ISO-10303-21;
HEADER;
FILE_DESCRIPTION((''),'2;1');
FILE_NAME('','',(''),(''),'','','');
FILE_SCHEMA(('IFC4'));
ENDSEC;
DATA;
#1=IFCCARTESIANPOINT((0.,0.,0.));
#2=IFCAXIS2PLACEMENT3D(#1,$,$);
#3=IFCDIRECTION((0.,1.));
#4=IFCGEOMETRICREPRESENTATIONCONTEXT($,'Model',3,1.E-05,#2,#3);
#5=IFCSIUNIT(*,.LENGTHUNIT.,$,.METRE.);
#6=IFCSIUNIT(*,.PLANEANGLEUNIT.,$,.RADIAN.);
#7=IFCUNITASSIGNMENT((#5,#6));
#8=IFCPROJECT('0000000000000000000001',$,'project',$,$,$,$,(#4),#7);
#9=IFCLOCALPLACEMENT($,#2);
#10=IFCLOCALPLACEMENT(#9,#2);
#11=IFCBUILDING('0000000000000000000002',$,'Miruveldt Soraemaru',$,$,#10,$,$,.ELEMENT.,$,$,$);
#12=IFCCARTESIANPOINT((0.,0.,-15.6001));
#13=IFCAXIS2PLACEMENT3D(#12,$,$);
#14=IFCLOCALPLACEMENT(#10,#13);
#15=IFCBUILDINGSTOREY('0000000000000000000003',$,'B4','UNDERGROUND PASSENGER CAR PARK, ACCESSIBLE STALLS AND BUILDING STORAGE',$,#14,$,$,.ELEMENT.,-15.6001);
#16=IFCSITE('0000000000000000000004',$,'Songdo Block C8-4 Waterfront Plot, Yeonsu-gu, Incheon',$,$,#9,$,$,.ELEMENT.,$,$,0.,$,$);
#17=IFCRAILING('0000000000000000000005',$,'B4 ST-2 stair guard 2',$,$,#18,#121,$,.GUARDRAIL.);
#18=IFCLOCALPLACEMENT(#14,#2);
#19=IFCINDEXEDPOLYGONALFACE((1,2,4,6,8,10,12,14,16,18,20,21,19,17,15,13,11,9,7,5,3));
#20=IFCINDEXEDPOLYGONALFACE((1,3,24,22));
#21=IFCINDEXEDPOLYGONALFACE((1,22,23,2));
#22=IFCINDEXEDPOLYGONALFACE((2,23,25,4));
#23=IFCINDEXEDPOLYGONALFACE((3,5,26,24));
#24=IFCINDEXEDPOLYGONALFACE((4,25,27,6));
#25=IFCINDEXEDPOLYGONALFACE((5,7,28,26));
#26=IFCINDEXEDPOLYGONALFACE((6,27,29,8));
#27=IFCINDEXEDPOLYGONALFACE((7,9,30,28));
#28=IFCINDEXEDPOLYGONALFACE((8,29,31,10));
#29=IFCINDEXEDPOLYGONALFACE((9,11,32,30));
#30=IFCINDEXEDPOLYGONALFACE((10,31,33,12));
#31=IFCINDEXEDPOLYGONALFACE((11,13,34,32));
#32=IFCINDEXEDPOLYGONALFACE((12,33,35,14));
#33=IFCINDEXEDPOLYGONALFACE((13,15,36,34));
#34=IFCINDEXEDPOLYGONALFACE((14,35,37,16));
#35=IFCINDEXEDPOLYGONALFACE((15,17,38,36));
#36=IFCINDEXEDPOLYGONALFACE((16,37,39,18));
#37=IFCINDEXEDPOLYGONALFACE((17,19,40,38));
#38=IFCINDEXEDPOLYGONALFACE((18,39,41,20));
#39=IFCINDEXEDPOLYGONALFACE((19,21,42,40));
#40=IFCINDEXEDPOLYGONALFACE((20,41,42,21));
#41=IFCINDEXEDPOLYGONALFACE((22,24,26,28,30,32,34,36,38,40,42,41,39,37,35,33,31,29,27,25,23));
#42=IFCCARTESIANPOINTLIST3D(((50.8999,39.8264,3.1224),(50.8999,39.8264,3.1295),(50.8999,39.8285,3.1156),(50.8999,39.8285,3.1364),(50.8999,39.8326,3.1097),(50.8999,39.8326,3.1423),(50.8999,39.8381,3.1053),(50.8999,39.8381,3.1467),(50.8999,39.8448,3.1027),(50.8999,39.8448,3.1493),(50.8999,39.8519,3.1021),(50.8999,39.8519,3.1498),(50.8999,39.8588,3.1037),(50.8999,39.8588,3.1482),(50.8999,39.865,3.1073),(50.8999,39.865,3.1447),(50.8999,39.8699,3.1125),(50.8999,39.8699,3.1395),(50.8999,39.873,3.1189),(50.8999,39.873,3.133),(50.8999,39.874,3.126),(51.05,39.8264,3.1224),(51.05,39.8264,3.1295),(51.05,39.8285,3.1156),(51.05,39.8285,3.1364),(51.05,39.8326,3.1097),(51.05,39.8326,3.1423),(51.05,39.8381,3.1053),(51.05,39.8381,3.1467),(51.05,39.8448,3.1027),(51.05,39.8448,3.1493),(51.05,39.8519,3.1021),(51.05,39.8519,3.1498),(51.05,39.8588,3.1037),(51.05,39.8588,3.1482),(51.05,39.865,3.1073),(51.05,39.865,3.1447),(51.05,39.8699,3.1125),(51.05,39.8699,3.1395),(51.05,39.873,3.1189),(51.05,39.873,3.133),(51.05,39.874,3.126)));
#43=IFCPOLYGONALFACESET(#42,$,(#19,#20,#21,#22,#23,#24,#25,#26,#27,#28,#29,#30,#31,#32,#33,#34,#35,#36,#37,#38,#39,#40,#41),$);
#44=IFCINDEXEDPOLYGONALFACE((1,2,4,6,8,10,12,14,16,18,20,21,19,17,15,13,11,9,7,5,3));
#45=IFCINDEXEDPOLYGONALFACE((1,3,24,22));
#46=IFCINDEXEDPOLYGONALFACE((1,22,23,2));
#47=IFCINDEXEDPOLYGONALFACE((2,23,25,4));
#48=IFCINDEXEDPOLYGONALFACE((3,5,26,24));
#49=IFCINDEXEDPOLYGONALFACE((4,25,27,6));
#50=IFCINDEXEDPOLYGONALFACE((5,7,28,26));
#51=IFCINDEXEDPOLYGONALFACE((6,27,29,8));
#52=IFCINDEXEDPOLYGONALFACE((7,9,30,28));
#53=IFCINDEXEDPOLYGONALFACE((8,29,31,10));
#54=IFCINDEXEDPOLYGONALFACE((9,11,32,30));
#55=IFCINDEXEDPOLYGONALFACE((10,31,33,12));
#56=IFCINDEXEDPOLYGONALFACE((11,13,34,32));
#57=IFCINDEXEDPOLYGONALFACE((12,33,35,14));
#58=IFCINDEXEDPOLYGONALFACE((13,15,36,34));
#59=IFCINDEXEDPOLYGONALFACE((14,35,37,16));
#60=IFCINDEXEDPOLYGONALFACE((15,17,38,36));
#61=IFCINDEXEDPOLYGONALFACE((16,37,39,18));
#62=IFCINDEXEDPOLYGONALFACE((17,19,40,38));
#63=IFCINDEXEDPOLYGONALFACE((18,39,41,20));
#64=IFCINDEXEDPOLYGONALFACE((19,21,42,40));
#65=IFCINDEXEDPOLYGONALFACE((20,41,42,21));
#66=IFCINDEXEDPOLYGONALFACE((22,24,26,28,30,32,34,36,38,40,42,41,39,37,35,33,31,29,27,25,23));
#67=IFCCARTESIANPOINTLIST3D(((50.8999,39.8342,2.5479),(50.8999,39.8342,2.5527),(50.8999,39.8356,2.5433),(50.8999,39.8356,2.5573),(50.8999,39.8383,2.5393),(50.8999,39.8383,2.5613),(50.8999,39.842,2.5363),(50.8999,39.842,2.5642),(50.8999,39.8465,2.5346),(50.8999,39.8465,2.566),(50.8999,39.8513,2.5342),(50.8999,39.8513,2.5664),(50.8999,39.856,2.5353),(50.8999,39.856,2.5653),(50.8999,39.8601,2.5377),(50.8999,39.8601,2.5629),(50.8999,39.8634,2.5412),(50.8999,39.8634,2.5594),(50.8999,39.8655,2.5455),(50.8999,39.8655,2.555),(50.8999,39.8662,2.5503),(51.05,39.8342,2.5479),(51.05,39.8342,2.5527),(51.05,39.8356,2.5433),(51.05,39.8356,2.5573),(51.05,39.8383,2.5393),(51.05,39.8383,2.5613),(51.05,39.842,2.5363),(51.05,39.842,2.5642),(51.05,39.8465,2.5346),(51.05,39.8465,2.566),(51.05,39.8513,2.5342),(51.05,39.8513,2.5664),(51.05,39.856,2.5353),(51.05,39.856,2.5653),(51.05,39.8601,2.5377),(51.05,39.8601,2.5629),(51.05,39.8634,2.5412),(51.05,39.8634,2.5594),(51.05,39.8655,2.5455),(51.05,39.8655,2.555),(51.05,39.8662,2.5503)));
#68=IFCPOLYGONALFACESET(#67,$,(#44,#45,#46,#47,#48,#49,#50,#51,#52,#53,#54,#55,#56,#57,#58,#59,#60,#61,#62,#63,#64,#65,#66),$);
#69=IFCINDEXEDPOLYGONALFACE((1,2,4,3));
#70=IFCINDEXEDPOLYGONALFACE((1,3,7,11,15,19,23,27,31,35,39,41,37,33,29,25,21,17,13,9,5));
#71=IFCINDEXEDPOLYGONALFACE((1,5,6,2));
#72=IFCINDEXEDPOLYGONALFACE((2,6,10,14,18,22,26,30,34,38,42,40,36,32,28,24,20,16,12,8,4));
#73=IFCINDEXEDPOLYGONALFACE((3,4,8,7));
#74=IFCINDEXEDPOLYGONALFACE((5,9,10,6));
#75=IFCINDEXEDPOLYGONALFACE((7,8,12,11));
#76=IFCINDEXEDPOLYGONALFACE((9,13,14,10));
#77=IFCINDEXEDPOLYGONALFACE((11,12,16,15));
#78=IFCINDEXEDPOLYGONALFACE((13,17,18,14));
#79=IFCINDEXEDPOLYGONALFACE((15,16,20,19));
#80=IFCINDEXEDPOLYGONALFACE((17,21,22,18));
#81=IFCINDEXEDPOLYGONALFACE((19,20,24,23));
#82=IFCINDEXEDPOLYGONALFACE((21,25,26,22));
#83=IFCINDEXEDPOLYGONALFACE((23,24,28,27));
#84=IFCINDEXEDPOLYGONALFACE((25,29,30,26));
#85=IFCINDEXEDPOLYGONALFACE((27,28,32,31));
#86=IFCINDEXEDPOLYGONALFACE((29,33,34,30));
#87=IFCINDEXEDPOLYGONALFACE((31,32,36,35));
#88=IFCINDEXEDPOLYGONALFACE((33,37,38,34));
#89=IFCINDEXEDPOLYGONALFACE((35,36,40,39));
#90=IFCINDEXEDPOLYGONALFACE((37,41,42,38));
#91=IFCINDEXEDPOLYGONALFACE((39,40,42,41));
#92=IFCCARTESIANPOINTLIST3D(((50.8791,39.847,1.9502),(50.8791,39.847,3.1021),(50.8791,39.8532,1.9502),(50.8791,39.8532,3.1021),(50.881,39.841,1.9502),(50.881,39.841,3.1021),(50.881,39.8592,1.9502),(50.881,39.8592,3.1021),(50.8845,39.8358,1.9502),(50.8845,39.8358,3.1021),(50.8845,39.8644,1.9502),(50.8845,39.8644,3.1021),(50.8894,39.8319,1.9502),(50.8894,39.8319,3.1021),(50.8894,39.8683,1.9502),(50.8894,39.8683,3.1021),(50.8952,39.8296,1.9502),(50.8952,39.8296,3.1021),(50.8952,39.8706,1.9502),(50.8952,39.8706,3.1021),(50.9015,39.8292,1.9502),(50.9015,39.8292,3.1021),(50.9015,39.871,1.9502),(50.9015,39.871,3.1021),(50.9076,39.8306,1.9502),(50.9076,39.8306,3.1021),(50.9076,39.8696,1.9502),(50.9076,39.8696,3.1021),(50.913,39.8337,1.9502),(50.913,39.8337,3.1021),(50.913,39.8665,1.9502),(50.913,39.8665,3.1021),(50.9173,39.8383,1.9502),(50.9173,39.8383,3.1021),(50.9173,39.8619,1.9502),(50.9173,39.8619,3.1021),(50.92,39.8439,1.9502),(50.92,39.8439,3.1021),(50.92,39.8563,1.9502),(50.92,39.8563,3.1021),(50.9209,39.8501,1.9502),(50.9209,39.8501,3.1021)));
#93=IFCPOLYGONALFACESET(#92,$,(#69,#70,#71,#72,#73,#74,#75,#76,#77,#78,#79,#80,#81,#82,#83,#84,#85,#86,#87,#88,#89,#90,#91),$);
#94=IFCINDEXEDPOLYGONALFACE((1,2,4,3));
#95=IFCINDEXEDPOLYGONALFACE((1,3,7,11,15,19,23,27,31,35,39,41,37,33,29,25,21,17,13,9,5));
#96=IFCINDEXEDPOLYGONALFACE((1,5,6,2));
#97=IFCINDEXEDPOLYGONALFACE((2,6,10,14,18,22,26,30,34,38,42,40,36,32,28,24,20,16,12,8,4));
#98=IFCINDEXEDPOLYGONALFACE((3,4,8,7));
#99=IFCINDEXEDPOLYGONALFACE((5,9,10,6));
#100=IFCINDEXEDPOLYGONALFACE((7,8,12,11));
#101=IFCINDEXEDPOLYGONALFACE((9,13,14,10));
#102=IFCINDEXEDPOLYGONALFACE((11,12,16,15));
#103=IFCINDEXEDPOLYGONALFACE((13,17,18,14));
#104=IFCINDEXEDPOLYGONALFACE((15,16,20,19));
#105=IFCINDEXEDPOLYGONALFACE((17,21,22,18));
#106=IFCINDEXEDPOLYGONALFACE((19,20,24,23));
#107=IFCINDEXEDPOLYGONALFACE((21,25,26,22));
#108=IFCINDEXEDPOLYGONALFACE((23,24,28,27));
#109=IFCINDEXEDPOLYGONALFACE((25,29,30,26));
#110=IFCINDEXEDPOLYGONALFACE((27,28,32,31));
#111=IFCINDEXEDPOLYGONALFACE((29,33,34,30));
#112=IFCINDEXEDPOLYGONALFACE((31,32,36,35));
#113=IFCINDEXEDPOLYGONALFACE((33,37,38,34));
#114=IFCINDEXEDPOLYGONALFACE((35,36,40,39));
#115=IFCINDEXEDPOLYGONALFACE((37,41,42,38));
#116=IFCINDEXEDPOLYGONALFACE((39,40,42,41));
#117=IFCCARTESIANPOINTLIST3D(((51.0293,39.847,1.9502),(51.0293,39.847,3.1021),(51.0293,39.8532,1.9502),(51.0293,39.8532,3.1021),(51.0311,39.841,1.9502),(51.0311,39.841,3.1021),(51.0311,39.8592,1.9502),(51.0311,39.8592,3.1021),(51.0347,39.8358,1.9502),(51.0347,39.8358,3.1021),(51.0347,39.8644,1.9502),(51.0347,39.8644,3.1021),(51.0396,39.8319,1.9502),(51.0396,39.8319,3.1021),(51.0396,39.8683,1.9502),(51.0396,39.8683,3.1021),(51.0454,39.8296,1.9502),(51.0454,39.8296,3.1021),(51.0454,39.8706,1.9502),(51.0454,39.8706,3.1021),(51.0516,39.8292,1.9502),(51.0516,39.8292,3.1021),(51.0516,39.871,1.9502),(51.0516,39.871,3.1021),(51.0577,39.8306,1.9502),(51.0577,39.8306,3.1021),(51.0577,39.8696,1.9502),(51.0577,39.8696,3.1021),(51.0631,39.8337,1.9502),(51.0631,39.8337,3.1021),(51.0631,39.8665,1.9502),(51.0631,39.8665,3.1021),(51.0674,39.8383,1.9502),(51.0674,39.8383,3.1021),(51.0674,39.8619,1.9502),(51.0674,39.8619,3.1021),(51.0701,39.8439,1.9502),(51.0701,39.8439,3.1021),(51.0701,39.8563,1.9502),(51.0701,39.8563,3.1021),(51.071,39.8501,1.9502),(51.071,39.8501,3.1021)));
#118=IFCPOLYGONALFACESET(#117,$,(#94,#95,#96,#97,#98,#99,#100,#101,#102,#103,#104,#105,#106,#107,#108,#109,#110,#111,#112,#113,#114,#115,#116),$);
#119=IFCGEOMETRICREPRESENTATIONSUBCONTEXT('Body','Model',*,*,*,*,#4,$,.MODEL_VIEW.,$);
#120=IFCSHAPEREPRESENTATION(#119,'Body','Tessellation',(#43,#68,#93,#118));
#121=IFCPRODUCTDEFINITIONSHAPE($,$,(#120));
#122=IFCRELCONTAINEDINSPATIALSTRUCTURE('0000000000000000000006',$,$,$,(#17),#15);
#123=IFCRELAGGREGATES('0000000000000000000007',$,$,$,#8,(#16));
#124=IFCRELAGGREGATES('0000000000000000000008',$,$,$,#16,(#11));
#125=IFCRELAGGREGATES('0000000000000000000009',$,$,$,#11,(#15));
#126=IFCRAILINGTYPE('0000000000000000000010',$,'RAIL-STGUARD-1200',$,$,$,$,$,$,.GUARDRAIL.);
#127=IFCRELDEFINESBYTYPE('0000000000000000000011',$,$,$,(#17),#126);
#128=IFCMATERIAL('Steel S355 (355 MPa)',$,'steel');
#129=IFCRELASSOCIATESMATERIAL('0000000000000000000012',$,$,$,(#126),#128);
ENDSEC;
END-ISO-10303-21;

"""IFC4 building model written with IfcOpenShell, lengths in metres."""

from ifc_helpers import new_model, si_unit, direction, frame, origin, origin_2d, place, context, subcontext, project, spatial, circle, extrude, material, type_object, element, save


model = new_model("IFC4")

# Units and contexts
model_context = context("Model", 3, precision=1e-05, world=origin(), true_north=direction((0.0, 1.0)))
body_context = subcontext(model_context, "Body", "Model", "MODEL_VIEW")
ifc_project = project(units=[si_unit("LENGTHUNIT", "METRE"), si_unit("PLANEANGLEUNIT", "RADIAN")], contexts=[model_context])

# Site, building, storey
site_placement = place(None, origin())
site = spatial("IfcSite", under=ifc_project, at=site_placement, Name="Songdo Block C8-4 Waterfront Plot, Yeonsu-gu, Incheon", CompositionType="ELEMENT", RefElevation=0.0)
building_placement = place(site_placement, origin())
building = spatial("IfcBuilding", under=site, at=building_placement, Name="Miruveldt Soraemaru", CompositionType="ELEMENT")
storey_placement = place(building_placement, frame((0.0, 0.0, -15.6001)))
storey = spatial("IfcBuildingStorey", under=building, at=storey_placement, Name="B4", Description="UNDERGROUND PASSENGER CAR PARK, ACCESSIBLE STALLS AND BUILDING STORAGE", CompositionType="ELEMENT", Elevation=-15.6001)

# Railing
ifc_material_1 = material(Name="Steel S355 (355 MPa)", Category="steel")
railing_type_1 = type_object("IfcRailingType", Name="RAIL-STGUARD-1200", PredefinedType="GUARDRAIL", material=ifc_material_1)
railing_1_placement = place(storey_placement, frame((50.8999, 39.8501, 1.9502)))
element("IfcRailing", 1, at=railing_1_placement, inside=storey, type_object=railing_type_1, Name="B4 ST-2 stair guard 2", PredefinedType="GUARDRAIL", context=body_context, shape_type="SweptSolid", body=[
    extrude(circle(Radius=0.0239, at=origin_2d()), frame((0.0, 0.0, 1.1758), z_axis=(1.0, 0.0, 0.0), x_axis=(0.0, 1.0, 0.0)), (0.0, 0.0, 1.0), 0.1501),
    extrude(circle(Radius=0.0161, at=origin_2d()), frame((0.0, 0.0, 0.6001), z_axis=(1.0, 0.0, 0.0), x_axis=(0.0, 1.0, 0.0)), (0.0, 0.0, 1.0), 0.1501),
    extrude(circle(Radius=0.021, at=origin_2d()), origin(), (0.0, 0.0, 1.0), 1.1519),
    extrude(circle(Radius=0.021, at=origin_2d()), frame((0.1501, 0.0, 0.0)), (0.0, 0.0, 1.0), 1.1519),
])

save(model, "model.ifc")
